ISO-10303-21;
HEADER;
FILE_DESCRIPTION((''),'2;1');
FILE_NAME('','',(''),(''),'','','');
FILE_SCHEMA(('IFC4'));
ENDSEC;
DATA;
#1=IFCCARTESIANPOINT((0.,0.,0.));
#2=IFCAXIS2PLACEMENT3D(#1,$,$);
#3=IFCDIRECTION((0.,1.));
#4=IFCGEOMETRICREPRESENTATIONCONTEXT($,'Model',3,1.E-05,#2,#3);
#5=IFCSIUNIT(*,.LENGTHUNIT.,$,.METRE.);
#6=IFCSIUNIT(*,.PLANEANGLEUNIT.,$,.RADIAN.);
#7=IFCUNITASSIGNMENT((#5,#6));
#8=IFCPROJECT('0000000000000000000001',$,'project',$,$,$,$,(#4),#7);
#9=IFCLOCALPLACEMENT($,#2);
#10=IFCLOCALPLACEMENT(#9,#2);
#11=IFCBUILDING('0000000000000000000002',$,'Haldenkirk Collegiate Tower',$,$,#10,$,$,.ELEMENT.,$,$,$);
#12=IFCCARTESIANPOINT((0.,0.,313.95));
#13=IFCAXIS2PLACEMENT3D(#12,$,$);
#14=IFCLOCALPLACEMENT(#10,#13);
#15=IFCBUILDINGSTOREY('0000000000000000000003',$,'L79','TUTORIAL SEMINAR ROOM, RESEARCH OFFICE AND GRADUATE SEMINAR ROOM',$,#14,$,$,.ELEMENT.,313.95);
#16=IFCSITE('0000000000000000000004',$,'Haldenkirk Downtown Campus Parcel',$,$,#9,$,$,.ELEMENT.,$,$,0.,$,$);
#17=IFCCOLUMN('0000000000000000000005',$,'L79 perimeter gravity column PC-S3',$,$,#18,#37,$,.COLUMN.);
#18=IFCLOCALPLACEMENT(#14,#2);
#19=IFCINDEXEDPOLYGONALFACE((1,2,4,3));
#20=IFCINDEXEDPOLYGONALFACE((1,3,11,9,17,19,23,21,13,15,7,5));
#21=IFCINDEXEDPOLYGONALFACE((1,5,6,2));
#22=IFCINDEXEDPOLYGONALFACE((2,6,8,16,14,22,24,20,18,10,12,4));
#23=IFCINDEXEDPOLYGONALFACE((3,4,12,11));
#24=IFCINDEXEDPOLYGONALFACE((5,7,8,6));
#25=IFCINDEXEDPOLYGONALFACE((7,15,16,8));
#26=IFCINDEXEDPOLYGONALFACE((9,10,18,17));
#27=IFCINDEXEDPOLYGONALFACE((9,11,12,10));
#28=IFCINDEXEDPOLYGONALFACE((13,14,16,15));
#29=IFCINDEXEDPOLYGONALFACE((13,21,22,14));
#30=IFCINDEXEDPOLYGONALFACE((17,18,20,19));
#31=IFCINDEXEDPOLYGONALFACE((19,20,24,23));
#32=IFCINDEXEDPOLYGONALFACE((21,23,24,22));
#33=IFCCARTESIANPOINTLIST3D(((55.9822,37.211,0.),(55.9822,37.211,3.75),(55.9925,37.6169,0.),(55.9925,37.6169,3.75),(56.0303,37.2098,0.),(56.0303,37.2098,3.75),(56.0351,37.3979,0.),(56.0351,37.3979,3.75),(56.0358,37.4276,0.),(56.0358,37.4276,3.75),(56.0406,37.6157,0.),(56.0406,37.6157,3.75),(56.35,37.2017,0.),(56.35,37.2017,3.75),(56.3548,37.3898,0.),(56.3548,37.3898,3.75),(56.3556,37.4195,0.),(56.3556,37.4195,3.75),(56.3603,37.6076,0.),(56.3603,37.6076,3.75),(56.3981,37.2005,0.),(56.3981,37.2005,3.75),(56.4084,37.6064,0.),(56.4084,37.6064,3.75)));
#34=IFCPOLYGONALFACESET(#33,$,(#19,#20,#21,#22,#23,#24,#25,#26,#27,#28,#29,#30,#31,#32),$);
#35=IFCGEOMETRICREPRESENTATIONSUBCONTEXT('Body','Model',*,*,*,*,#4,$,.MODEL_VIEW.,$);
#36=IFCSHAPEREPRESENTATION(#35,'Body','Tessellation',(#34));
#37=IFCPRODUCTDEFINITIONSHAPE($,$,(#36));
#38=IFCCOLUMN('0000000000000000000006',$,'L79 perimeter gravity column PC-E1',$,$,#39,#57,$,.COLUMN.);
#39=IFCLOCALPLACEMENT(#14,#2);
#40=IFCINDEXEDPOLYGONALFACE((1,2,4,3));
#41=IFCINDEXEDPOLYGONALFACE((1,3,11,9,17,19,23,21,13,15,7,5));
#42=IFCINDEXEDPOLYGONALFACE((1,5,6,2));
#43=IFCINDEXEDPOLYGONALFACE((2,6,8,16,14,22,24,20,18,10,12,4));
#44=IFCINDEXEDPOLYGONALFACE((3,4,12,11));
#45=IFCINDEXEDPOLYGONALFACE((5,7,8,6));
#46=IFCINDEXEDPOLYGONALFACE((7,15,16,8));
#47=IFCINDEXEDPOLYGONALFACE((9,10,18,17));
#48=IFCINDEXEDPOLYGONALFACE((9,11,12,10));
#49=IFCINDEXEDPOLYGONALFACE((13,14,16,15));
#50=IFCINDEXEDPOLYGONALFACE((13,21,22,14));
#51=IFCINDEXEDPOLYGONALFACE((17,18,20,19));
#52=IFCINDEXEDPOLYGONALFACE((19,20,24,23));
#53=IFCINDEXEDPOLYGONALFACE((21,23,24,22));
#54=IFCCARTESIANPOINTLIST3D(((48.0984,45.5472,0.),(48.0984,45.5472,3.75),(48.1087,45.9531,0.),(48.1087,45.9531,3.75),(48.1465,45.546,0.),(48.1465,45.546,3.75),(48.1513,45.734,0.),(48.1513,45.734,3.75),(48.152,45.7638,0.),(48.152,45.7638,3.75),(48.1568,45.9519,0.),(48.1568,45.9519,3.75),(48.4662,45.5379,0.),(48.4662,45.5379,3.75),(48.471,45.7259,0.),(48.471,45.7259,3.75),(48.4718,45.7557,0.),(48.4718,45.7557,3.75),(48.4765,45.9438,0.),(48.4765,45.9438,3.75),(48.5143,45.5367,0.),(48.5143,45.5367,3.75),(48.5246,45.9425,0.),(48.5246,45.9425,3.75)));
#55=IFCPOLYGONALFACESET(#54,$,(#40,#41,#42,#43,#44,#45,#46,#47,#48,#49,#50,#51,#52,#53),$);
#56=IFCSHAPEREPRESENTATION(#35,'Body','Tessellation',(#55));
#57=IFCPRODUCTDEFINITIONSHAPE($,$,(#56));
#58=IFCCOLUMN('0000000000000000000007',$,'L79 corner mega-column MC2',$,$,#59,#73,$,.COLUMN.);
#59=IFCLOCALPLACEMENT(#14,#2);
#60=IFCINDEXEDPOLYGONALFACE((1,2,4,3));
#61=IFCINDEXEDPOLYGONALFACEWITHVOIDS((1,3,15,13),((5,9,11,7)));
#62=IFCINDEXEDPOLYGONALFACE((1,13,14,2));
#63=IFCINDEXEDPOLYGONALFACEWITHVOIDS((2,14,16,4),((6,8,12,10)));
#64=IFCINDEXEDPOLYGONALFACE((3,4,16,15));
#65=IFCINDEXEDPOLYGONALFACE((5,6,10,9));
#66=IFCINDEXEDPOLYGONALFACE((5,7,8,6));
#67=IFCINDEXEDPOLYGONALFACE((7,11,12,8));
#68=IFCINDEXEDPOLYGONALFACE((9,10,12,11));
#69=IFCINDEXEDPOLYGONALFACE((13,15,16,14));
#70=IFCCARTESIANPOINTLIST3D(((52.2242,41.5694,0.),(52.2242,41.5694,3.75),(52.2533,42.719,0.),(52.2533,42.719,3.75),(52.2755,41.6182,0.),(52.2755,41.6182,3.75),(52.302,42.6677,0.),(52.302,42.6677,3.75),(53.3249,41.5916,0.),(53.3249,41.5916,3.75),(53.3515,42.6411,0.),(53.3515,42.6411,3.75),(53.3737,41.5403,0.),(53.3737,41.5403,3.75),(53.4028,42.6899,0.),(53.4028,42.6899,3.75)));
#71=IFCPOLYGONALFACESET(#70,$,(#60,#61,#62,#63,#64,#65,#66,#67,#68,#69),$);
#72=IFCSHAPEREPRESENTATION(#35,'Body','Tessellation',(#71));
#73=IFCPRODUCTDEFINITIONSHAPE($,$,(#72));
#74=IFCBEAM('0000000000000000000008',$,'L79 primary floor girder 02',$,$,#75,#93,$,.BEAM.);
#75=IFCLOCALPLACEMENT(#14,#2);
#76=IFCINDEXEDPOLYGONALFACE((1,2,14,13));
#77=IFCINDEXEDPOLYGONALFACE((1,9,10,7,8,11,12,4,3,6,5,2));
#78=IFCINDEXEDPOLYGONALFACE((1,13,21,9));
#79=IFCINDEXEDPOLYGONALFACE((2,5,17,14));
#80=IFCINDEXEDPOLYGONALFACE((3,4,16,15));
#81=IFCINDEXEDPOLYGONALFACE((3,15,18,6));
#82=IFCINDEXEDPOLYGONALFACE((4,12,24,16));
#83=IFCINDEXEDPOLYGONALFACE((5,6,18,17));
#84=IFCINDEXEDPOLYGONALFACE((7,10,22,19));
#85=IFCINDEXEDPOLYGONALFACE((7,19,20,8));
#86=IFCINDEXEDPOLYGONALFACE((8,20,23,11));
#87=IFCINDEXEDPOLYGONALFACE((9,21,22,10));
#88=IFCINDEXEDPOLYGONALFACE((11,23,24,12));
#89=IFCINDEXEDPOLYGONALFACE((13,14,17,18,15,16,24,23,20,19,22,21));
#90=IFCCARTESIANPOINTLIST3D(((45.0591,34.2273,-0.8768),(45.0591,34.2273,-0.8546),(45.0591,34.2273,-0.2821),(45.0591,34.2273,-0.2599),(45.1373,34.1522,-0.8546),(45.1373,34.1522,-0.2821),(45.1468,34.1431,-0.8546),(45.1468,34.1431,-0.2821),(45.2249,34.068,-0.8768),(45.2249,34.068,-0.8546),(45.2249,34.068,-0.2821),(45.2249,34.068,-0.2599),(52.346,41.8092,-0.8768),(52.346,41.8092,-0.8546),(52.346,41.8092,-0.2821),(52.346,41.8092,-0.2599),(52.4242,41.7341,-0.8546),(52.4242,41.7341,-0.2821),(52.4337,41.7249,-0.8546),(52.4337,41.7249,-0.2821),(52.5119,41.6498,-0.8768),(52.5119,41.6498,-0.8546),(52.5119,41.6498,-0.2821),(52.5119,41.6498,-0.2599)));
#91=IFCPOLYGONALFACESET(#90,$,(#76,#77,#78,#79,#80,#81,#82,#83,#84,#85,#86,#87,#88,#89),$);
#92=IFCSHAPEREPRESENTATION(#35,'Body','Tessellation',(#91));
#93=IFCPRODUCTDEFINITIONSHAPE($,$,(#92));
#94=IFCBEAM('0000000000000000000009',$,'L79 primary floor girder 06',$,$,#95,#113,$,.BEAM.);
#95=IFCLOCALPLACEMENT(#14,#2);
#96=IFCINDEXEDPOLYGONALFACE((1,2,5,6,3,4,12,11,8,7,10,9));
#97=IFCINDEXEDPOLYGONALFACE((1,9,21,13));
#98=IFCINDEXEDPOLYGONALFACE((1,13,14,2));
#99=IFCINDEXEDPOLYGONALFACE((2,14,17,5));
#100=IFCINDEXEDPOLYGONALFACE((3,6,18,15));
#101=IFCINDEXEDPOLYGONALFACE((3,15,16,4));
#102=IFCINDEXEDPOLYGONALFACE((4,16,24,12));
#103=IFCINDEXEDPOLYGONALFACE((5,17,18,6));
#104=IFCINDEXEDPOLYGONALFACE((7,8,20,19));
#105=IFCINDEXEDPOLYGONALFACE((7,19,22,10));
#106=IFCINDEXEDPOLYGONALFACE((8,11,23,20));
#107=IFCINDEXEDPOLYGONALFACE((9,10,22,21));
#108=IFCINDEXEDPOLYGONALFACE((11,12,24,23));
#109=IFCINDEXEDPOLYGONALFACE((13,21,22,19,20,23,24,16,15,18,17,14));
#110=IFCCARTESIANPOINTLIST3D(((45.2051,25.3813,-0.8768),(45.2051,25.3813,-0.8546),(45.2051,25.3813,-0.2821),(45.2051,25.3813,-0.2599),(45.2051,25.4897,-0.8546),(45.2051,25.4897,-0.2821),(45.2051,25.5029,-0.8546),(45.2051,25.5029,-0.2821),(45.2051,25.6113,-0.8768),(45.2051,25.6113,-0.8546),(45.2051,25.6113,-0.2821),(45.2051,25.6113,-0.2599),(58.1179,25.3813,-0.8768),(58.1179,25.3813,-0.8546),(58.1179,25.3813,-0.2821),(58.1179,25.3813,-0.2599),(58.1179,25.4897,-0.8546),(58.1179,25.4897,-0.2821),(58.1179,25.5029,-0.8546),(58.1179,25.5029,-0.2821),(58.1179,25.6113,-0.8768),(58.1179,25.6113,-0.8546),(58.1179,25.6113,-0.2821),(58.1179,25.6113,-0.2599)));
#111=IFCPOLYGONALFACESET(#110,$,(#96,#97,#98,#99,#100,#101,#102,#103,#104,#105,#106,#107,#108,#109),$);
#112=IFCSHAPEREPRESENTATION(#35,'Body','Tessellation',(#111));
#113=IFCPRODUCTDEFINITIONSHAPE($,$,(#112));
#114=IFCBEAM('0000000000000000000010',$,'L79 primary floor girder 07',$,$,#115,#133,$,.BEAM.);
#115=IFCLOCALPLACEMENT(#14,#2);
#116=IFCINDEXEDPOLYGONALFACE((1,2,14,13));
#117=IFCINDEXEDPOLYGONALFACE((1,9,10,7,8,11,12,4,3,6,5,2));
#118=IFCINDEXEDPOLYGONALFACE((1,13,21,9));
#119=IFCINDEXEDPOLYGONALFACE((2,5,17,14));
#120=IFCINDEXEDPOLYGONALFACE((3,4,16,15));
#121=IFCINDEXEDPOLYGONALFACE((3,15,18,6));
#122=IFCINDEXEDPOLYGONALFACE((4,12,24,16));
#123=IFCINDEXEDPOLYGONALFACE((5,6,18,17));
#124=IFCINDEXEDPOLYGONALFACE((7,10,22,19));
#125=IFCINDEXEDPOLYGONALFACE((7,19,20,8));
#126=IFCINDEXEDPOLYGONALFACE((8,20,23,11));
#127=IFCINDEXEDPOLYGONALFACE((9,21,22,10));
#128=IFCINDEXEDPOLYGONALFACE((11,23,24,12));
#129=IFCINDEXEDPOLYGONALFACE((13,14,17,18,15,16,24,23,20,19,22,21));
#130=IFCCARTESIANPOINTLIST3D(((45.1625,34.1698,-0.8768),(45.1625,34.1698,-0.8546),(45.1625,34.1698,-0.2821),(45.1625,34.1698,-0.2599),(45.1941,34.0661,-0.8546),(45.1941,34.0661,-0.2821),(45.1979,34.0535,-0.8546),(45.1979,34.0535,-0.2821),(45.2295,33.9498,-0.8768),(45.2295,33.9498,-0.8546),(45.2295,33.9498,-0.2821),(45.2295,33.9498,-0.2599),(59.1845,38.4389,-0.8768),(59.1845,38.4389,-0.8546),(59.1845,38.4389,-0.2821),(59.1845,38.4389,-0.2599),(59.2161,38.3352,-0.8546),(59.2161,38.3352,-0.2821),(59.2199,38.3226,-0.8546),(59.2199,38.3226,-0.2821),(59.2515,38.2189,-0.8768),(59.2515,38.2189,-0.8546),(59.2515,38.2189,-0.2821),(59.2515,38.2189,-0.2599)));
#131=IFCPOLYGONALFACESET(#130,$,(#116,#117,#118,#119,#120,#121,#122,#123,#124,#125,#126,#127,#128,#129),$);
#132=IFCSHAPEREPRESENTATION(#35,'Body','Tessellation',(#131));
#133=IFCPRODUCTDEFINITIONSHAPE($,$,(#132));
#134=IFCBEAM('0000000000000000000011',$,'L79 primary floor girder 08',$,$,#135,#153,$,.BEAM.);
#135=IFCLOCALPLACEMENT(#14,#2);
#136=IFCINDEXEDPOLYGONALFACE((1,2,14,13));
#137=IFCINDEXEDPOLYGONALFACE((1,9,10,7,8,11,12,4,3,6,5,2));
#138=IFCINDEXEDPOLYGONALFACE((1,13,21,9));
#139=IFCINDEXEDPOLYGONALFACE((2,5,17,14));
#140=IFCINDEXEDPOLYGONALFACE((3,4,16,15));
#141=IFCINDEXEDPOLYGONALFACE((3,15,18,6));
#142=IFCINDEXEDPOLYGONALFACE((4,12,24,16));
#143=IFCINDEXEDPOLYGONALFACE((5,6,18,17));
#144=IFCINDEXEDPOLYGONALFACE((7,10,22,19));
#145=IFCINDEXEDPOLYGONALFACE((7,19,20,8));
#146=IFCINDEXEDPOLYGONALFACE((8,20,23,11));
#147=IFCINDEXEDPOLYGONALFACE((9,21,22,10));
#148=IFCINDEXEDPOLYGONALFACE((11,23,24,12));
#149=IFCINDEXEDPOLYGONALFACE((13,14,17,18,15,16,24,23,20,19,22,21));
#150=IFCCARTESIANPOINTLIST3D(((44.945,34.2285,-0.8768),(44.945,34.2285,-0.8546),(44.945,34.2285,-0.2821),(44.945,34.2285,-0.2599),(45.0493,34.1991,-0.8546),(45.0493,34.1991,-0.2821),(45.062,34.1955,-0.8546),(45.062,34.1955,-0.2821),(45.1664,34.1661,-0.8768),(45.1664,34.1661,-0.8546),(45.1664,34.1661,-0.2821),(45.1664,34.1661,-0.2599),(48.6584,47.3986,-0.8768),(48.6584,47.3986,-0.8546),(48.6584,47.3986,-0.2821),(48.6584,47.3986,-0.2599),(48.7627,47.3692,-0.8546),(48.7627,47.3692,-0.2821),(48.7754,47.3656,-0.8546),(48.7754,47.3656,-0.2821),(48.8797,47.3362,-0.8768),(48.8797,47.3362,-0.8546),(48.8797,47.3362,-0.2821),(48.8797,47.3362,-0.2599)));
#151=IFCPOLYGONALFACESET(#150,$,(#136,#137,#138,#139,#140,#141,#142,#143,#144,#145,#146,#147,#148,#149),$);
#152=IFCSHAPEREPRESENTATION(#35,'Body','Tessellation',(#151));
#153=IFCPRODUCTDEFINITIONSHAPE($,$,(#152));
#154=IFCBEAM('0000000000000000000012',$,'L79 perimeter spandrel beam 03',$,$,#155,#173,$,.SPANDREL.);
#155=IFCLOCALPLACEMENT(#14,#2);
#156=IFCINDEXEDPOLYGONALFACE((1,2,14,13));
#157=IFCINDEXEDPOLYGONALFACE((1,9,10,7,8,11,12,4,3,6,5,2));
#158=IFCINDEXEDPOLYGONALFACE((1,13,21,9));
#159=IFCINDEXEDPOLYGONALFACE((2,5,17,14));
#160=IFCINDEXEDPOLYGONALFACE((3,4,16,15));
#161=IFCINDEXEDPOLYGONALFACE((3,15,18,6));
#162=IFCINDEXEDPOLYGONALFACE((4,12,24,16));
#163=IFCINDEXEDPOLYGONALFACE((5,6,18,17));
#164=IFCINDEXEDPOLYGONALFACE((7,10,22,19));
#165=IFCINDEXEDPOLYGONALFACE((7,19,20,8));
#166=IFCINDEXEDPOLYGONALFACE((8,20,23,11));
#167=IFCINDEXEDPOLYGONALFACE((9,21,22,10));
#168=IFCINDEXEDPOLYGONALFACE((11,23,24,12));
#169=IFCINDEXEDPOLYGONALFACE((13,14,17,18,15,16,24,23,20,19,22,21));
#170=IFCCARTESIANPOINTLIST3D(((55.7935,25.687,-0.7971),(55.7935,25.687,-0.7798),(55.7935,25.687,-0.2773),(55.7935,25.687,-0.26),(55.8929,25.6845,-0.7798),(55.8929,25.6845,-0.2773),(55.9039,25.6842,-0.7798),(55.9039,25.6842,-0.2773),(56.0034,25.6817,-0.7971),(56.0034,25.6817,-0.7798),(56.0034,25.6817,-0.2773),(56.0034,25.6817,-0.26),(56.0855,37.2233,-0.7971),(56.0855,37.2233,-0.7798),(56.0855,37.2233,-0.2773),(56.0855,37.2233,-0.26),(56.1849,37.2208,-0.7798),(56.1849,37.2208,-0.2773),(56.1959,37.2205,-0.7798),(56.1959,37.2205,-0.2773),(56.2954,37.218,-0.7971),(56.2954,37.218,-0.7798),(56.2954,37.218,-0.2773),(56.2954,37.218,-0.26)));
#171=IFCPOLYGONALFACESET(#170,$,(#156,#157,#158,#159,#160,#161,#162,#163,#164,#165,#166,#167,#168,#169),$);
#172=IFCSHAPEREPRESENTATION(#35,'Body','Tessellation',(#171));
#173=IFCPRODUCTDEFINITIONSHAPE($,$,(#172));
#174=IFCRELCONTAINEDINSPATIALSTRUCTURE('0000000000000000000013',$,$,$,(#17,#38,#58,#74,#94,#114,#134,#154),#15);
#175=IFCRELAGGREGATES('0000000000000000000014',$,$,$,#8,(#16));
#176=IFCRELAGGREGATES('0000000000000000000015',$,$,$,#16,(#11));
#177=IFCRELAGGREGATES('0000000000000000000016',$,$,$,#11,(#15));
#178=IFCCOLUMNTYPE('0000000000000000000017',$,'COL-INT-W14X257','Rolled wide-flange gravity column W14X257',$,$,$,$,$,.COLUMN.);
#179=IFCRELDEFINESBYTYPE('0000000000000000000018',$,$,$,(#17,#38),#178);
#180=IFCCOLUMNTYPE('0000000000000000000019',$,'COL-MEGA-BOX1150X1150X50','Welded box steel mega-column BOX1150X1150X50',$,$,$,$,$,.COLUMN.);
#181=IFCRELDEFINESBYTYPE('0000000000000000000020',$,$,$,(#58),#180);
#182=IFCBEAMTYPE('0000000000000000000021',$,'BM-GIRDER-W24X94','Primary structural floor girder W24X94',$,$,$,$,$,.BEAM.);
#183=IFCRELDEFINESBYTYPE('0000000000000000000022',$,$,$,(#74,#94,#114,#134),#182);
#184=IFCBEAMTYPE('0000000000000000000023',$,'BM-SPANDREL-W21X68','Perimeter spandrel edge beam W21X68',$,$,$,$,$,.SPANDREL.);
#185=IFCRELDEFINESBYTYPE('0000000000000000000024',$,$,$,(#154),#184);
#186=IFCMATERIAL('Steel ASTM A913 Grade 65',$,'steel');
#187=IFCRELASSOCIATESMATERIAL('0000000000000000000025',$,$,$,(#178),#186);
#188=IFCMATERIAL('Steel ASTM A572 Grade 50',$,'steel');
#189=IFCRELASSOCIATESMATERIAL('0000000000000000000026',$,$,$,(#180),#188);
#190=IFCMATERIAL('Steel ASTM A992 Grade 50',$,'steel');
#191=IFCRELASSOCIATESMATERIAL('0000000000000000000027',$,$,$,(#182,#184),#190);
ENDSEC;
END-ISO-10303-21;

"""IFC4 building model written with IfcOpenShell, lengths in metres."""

from ifc_helpers import new_model, si_unit, direction, frame, origin, origin_2d, place, context, subcontext, project, spatial, hollow_rectangle, i_section, extrude, material, material_profile, profile_set, type_object, element, save


model = new_model("IFC4")

# Units and contexts
model_context = context("Model", 3, precision=1e-05, world=origin(), true_north=direction((0.0, 1.0)))
body_context = subcontext(model_context, "Body", "Model", "MODEL_VIEW")
ifc_project = project(units=[si_unit("LENGTHUNIT", "METRE"), si_unit("PLANEANGLEUNIT", "RADIAN")], contexts=[model_context])

# Site, building, storey
site_placement = place(None, origin())
site = spatial("IfcSite", under=ifc_project, at=site_placement, Name="Haldenkirk Downtown Campus Parcel", CompositionType="ELEMENT", RefElevation=0.0)
building_placement = place(site_placement, origin())
building = spatial("IfcBuilding", under=site, at=building_placement, Name="Haldenkirk Collegiate Tower", CompositionType="ELEMENT")
storey_placement = place(building_placement, frame((0.0, 0.0, 313.95)))
storey = spatial("IfcBuildingStorey", under=building, at=storey_placement, Name="L79", Description="TUTORIAL SEMINAR ROOM, RESEARCH OFFICE AND GRADUATE SEMINAR ROOM", CompositionType="ELEMENT", Elevation=313.95)

# Columns
ifc_material_1 = material(Name="Steel ASTM A913 Grade 65", Category="steel")
ifc_material_profile_1 = material_profile(ifc_material_1, i_section(OverallWidth=0.406, OverallDepth=0.416, WebThickness=0.0298, FlangeThickness=0.0481, at=origin_2d()), Name="W14X257")
ifc_profile_set_1 = profile_set([ifc_material_profile_1], Name="Steel ASTM A913 Grade 65")
column_type_1 = type_object("IfcColumnType", Name="COL-INT-W14X257", Description="Rolled wide-flange gravity column W14X257", PredefinedType="COLUMN", material=ifc_profile_set_1)
for number, where, z_axis, x_axis, name in (
    (1, (56.1953, 37.4087, 0.0), (0.0, 0.0, 1.0), (0.025305, 0.99968, 0.0), "L79 perimeter gravity column PC-S3"),
    (2, (48.3115, 45.7449, 0.0), (0.0, 0.0, 1.0), (0.025305, 0.99968, 0.0), "L79 perimeter gravity column PC-E1"),
):
    element("IfcColumn", number, at=place(storey_placement, frame(where, z_axis=z_axis, x_axis=x_axis)), inside=storey, type_object=column_type_1, Name=name, PredefinedType="COLUMN", context=body_context, shape_type="SweptSolid", body=[
        extrude(i_section(OverallWidth=0.406, OverallDepth=0.416, WebThickness=0.0298, FlangeThickness=0.0481, at=origin_2d()), origin(), (0.0, 0.0, 1.0), 3.75),
    ])
ifc_material_2 = material(Name="Steel ASTM A572 Grade 50", Category="steel")
ifc_material_profile_2 = material_profile(ifc_material_2, hollow_rectangle(XDim=1.1499, YDim=1.1499, WallThickness=0.05, at=origin_2d()), Name="BOX1150X1150X50")
ifc_profile_set_2 = profile_set([ifc_material_profile_2], Name="Steel ASTM A572 Grade 50")
column_type_2 = type_object("IfcColumnType", Name="COL-MEGA-BOX1150X1150X50", Description="Welded box steel mega-column BOX1150X1150X50", PredefinedType="COLUMN", material=ifc_profile_set_2)
column_placement = place(storey_placement, frame((52.8135, 42.1296, 0.0), z_axis=(0.0, 0.0, 1.0), x_axis=(0.025305, 0.99968, 0.0)))
element("IfcColumn", 3, at=column_placement, inside=storey, type_object=column_type_2, Name="L79 corner mega-column MC2", PredefinedType="COLUMN", context=body_context, shape_type="SweptSolid", body=[
    extrude(hollow_rectangle(XDim=1.1499, YDim=1.1499, WallThickness=0.05, at=origin_2d()), origin(), (0.0, 0.0, 1.0), 3.75),
])

# Beams
ifc_material_3 = material(Name="Steel ASTM A992 Grade 50", Category="steel")
ifc_material_profile_3 = material_profile(ifc_material_3, i_section(OverallWidth=0.23, OverallDepth=0.6169, WebThickness=0.0132, FlangeThickness=0.0222, at=origin_2d()), Name="W24X94")
ifc_profile_set_3 = profile_set([ifc_material_profile_3], Name="Steel ASTM A992 Grade 50")
beam_type_1 = type_object("IfcBeamType", Name="BM-GIRDER-W24X94", Description="Primary structural floor girder W24X94", PredefinedType="BEAM", material=ifc_profile_set_3)
beam_1_placement = place(storey_placement, frame((52.429, 41.7295, -0.5684), z_axis=(-0.692945, -0.720991, 0.0), x_axis=(0.720991, -0.692945, 0.0)))
element("IfcBeam", 4, at=beam_1_placement, inside=storey, type_object=beam_type_1, Name="L79 primary floor girder 02", PredefinedType="BEAM", context=body_context, shape_type="SweptSolid", body=[
    extrude(i_section(OverallWidth=0.23, OverallDepth=0.6169, WebThickness=0.0132, FlangeThickness=0.0222, at=origin_2d()), origin(), (0.0, 0.0, 1.0), 10.5159),
])
beam_2_placement = place(storey_placement, frame((58.1179, 25.4963, -0.5684), z_axis=(-1.0, 0.0, 0.0), x_axis=(0.0, -1.0, 0.0)))
element("IfcBeam", 5, at=beam_2_placement, inside=storey, type_object=beam_type_1, Name="L79 primary floor girder 06", PredefinedType="BEAM", context=body_context, shape_type="SweptSolid", body=[
    extrude(i_section(OverallWidth=0.23, OverallDepth=0.6169, WebThickness=0.0132, FlangeThickness=0.0222, at=origin_2d()), origin(), (0.0, 0.0, 1.0), 12.9128),
])
beam_3_placement = place(storey_placement, frame((59.218, 38.3289, -0.5684), z_axis=(-0.956646, -0.291254, 0.0), x_axis=(0.291254, -0.956646, 0.0)))
element("IfcBeam", 6, at=beam_3_placement, inside=storey, type_object=beam_type_1, Name="L79 primary floor girder 07", PredefinedType="BEAM", context=body_context, shape_type="SweptSolid", body=[
    extrude(i_section(OverallWidth=0.23, OverallDepth=0.6169, WebThickness=0.0132, FlangeThickness=0.0222, at=origin_2d()), origin(), (0.0, 0.0, 1.0), 14.6575),
])
beam_4_placement = place(storey_placement, frame((48.769, 47.3674, -0.5684), z_axis=(-0.271373, -0.962474, 0.0), x_axis=(0.962474, -0.271373, 0.0)))
element("IfcBeam", 7, at=beam_4_placement, inside=storey, type_object=beam_type_1, Name="L79 primary floor girder 08", PredefinedType="BEAM", context=body_context, shape_type="SweptSolid", body=[
    extrude(i_section(OverallWidth=0.23, OverallDepth=0.6169, WebThickness=0.0132, FlangeThickness=0.0222, at=origin_2d()), origin(), (0.0, 0.0, 1.0), 13.6836),
])
ifc_material_profile_4 = material_profile(ifc_material_3, i_section(OverallWidth=0.21, OverallDepth=0.5371, WebThickness=0.011, FlangeThickness=0.0173, at=origin_2d()), Name="W21X68")
ifc_profile_set_4 = profile_set([ifc_material_profile_4], Name="Steel ASTM A992 Grade 50")
beam_type_2 = type_object("IfcBeamType", Name="BM-SPANDREL-W21X68", Description="Perimeter spandrel edge beam W21X68", PredefinedType="SPANDREL", material=ifc_profile_set_4)
beam_5_placement = place(storey_placement, frame((55.8984, 25.6843, -0.5286), z_axis=(0.025302, 0.99968, 0.0), x_axis=(-0.99968, 0.025302, 0.0)))
element("IfcBeam", 8, at=beam_5_placement, inside=storey, type_object=beam_type_2, Name="L79 perimeter spandrel beam 03", PredefinedType="SPANDREL", context=body_context, shape_type="SweptSolid", body=[
    extrude(i_section(OverallWidth=0.21, OverallDepth=0.5371, WebThickness=0.011, FlangeThickness=0.0173, at=origin_2d()), origin(), (0.0, 0.0, 1.0), 11.54),
])

save(model, "model.ifc")
